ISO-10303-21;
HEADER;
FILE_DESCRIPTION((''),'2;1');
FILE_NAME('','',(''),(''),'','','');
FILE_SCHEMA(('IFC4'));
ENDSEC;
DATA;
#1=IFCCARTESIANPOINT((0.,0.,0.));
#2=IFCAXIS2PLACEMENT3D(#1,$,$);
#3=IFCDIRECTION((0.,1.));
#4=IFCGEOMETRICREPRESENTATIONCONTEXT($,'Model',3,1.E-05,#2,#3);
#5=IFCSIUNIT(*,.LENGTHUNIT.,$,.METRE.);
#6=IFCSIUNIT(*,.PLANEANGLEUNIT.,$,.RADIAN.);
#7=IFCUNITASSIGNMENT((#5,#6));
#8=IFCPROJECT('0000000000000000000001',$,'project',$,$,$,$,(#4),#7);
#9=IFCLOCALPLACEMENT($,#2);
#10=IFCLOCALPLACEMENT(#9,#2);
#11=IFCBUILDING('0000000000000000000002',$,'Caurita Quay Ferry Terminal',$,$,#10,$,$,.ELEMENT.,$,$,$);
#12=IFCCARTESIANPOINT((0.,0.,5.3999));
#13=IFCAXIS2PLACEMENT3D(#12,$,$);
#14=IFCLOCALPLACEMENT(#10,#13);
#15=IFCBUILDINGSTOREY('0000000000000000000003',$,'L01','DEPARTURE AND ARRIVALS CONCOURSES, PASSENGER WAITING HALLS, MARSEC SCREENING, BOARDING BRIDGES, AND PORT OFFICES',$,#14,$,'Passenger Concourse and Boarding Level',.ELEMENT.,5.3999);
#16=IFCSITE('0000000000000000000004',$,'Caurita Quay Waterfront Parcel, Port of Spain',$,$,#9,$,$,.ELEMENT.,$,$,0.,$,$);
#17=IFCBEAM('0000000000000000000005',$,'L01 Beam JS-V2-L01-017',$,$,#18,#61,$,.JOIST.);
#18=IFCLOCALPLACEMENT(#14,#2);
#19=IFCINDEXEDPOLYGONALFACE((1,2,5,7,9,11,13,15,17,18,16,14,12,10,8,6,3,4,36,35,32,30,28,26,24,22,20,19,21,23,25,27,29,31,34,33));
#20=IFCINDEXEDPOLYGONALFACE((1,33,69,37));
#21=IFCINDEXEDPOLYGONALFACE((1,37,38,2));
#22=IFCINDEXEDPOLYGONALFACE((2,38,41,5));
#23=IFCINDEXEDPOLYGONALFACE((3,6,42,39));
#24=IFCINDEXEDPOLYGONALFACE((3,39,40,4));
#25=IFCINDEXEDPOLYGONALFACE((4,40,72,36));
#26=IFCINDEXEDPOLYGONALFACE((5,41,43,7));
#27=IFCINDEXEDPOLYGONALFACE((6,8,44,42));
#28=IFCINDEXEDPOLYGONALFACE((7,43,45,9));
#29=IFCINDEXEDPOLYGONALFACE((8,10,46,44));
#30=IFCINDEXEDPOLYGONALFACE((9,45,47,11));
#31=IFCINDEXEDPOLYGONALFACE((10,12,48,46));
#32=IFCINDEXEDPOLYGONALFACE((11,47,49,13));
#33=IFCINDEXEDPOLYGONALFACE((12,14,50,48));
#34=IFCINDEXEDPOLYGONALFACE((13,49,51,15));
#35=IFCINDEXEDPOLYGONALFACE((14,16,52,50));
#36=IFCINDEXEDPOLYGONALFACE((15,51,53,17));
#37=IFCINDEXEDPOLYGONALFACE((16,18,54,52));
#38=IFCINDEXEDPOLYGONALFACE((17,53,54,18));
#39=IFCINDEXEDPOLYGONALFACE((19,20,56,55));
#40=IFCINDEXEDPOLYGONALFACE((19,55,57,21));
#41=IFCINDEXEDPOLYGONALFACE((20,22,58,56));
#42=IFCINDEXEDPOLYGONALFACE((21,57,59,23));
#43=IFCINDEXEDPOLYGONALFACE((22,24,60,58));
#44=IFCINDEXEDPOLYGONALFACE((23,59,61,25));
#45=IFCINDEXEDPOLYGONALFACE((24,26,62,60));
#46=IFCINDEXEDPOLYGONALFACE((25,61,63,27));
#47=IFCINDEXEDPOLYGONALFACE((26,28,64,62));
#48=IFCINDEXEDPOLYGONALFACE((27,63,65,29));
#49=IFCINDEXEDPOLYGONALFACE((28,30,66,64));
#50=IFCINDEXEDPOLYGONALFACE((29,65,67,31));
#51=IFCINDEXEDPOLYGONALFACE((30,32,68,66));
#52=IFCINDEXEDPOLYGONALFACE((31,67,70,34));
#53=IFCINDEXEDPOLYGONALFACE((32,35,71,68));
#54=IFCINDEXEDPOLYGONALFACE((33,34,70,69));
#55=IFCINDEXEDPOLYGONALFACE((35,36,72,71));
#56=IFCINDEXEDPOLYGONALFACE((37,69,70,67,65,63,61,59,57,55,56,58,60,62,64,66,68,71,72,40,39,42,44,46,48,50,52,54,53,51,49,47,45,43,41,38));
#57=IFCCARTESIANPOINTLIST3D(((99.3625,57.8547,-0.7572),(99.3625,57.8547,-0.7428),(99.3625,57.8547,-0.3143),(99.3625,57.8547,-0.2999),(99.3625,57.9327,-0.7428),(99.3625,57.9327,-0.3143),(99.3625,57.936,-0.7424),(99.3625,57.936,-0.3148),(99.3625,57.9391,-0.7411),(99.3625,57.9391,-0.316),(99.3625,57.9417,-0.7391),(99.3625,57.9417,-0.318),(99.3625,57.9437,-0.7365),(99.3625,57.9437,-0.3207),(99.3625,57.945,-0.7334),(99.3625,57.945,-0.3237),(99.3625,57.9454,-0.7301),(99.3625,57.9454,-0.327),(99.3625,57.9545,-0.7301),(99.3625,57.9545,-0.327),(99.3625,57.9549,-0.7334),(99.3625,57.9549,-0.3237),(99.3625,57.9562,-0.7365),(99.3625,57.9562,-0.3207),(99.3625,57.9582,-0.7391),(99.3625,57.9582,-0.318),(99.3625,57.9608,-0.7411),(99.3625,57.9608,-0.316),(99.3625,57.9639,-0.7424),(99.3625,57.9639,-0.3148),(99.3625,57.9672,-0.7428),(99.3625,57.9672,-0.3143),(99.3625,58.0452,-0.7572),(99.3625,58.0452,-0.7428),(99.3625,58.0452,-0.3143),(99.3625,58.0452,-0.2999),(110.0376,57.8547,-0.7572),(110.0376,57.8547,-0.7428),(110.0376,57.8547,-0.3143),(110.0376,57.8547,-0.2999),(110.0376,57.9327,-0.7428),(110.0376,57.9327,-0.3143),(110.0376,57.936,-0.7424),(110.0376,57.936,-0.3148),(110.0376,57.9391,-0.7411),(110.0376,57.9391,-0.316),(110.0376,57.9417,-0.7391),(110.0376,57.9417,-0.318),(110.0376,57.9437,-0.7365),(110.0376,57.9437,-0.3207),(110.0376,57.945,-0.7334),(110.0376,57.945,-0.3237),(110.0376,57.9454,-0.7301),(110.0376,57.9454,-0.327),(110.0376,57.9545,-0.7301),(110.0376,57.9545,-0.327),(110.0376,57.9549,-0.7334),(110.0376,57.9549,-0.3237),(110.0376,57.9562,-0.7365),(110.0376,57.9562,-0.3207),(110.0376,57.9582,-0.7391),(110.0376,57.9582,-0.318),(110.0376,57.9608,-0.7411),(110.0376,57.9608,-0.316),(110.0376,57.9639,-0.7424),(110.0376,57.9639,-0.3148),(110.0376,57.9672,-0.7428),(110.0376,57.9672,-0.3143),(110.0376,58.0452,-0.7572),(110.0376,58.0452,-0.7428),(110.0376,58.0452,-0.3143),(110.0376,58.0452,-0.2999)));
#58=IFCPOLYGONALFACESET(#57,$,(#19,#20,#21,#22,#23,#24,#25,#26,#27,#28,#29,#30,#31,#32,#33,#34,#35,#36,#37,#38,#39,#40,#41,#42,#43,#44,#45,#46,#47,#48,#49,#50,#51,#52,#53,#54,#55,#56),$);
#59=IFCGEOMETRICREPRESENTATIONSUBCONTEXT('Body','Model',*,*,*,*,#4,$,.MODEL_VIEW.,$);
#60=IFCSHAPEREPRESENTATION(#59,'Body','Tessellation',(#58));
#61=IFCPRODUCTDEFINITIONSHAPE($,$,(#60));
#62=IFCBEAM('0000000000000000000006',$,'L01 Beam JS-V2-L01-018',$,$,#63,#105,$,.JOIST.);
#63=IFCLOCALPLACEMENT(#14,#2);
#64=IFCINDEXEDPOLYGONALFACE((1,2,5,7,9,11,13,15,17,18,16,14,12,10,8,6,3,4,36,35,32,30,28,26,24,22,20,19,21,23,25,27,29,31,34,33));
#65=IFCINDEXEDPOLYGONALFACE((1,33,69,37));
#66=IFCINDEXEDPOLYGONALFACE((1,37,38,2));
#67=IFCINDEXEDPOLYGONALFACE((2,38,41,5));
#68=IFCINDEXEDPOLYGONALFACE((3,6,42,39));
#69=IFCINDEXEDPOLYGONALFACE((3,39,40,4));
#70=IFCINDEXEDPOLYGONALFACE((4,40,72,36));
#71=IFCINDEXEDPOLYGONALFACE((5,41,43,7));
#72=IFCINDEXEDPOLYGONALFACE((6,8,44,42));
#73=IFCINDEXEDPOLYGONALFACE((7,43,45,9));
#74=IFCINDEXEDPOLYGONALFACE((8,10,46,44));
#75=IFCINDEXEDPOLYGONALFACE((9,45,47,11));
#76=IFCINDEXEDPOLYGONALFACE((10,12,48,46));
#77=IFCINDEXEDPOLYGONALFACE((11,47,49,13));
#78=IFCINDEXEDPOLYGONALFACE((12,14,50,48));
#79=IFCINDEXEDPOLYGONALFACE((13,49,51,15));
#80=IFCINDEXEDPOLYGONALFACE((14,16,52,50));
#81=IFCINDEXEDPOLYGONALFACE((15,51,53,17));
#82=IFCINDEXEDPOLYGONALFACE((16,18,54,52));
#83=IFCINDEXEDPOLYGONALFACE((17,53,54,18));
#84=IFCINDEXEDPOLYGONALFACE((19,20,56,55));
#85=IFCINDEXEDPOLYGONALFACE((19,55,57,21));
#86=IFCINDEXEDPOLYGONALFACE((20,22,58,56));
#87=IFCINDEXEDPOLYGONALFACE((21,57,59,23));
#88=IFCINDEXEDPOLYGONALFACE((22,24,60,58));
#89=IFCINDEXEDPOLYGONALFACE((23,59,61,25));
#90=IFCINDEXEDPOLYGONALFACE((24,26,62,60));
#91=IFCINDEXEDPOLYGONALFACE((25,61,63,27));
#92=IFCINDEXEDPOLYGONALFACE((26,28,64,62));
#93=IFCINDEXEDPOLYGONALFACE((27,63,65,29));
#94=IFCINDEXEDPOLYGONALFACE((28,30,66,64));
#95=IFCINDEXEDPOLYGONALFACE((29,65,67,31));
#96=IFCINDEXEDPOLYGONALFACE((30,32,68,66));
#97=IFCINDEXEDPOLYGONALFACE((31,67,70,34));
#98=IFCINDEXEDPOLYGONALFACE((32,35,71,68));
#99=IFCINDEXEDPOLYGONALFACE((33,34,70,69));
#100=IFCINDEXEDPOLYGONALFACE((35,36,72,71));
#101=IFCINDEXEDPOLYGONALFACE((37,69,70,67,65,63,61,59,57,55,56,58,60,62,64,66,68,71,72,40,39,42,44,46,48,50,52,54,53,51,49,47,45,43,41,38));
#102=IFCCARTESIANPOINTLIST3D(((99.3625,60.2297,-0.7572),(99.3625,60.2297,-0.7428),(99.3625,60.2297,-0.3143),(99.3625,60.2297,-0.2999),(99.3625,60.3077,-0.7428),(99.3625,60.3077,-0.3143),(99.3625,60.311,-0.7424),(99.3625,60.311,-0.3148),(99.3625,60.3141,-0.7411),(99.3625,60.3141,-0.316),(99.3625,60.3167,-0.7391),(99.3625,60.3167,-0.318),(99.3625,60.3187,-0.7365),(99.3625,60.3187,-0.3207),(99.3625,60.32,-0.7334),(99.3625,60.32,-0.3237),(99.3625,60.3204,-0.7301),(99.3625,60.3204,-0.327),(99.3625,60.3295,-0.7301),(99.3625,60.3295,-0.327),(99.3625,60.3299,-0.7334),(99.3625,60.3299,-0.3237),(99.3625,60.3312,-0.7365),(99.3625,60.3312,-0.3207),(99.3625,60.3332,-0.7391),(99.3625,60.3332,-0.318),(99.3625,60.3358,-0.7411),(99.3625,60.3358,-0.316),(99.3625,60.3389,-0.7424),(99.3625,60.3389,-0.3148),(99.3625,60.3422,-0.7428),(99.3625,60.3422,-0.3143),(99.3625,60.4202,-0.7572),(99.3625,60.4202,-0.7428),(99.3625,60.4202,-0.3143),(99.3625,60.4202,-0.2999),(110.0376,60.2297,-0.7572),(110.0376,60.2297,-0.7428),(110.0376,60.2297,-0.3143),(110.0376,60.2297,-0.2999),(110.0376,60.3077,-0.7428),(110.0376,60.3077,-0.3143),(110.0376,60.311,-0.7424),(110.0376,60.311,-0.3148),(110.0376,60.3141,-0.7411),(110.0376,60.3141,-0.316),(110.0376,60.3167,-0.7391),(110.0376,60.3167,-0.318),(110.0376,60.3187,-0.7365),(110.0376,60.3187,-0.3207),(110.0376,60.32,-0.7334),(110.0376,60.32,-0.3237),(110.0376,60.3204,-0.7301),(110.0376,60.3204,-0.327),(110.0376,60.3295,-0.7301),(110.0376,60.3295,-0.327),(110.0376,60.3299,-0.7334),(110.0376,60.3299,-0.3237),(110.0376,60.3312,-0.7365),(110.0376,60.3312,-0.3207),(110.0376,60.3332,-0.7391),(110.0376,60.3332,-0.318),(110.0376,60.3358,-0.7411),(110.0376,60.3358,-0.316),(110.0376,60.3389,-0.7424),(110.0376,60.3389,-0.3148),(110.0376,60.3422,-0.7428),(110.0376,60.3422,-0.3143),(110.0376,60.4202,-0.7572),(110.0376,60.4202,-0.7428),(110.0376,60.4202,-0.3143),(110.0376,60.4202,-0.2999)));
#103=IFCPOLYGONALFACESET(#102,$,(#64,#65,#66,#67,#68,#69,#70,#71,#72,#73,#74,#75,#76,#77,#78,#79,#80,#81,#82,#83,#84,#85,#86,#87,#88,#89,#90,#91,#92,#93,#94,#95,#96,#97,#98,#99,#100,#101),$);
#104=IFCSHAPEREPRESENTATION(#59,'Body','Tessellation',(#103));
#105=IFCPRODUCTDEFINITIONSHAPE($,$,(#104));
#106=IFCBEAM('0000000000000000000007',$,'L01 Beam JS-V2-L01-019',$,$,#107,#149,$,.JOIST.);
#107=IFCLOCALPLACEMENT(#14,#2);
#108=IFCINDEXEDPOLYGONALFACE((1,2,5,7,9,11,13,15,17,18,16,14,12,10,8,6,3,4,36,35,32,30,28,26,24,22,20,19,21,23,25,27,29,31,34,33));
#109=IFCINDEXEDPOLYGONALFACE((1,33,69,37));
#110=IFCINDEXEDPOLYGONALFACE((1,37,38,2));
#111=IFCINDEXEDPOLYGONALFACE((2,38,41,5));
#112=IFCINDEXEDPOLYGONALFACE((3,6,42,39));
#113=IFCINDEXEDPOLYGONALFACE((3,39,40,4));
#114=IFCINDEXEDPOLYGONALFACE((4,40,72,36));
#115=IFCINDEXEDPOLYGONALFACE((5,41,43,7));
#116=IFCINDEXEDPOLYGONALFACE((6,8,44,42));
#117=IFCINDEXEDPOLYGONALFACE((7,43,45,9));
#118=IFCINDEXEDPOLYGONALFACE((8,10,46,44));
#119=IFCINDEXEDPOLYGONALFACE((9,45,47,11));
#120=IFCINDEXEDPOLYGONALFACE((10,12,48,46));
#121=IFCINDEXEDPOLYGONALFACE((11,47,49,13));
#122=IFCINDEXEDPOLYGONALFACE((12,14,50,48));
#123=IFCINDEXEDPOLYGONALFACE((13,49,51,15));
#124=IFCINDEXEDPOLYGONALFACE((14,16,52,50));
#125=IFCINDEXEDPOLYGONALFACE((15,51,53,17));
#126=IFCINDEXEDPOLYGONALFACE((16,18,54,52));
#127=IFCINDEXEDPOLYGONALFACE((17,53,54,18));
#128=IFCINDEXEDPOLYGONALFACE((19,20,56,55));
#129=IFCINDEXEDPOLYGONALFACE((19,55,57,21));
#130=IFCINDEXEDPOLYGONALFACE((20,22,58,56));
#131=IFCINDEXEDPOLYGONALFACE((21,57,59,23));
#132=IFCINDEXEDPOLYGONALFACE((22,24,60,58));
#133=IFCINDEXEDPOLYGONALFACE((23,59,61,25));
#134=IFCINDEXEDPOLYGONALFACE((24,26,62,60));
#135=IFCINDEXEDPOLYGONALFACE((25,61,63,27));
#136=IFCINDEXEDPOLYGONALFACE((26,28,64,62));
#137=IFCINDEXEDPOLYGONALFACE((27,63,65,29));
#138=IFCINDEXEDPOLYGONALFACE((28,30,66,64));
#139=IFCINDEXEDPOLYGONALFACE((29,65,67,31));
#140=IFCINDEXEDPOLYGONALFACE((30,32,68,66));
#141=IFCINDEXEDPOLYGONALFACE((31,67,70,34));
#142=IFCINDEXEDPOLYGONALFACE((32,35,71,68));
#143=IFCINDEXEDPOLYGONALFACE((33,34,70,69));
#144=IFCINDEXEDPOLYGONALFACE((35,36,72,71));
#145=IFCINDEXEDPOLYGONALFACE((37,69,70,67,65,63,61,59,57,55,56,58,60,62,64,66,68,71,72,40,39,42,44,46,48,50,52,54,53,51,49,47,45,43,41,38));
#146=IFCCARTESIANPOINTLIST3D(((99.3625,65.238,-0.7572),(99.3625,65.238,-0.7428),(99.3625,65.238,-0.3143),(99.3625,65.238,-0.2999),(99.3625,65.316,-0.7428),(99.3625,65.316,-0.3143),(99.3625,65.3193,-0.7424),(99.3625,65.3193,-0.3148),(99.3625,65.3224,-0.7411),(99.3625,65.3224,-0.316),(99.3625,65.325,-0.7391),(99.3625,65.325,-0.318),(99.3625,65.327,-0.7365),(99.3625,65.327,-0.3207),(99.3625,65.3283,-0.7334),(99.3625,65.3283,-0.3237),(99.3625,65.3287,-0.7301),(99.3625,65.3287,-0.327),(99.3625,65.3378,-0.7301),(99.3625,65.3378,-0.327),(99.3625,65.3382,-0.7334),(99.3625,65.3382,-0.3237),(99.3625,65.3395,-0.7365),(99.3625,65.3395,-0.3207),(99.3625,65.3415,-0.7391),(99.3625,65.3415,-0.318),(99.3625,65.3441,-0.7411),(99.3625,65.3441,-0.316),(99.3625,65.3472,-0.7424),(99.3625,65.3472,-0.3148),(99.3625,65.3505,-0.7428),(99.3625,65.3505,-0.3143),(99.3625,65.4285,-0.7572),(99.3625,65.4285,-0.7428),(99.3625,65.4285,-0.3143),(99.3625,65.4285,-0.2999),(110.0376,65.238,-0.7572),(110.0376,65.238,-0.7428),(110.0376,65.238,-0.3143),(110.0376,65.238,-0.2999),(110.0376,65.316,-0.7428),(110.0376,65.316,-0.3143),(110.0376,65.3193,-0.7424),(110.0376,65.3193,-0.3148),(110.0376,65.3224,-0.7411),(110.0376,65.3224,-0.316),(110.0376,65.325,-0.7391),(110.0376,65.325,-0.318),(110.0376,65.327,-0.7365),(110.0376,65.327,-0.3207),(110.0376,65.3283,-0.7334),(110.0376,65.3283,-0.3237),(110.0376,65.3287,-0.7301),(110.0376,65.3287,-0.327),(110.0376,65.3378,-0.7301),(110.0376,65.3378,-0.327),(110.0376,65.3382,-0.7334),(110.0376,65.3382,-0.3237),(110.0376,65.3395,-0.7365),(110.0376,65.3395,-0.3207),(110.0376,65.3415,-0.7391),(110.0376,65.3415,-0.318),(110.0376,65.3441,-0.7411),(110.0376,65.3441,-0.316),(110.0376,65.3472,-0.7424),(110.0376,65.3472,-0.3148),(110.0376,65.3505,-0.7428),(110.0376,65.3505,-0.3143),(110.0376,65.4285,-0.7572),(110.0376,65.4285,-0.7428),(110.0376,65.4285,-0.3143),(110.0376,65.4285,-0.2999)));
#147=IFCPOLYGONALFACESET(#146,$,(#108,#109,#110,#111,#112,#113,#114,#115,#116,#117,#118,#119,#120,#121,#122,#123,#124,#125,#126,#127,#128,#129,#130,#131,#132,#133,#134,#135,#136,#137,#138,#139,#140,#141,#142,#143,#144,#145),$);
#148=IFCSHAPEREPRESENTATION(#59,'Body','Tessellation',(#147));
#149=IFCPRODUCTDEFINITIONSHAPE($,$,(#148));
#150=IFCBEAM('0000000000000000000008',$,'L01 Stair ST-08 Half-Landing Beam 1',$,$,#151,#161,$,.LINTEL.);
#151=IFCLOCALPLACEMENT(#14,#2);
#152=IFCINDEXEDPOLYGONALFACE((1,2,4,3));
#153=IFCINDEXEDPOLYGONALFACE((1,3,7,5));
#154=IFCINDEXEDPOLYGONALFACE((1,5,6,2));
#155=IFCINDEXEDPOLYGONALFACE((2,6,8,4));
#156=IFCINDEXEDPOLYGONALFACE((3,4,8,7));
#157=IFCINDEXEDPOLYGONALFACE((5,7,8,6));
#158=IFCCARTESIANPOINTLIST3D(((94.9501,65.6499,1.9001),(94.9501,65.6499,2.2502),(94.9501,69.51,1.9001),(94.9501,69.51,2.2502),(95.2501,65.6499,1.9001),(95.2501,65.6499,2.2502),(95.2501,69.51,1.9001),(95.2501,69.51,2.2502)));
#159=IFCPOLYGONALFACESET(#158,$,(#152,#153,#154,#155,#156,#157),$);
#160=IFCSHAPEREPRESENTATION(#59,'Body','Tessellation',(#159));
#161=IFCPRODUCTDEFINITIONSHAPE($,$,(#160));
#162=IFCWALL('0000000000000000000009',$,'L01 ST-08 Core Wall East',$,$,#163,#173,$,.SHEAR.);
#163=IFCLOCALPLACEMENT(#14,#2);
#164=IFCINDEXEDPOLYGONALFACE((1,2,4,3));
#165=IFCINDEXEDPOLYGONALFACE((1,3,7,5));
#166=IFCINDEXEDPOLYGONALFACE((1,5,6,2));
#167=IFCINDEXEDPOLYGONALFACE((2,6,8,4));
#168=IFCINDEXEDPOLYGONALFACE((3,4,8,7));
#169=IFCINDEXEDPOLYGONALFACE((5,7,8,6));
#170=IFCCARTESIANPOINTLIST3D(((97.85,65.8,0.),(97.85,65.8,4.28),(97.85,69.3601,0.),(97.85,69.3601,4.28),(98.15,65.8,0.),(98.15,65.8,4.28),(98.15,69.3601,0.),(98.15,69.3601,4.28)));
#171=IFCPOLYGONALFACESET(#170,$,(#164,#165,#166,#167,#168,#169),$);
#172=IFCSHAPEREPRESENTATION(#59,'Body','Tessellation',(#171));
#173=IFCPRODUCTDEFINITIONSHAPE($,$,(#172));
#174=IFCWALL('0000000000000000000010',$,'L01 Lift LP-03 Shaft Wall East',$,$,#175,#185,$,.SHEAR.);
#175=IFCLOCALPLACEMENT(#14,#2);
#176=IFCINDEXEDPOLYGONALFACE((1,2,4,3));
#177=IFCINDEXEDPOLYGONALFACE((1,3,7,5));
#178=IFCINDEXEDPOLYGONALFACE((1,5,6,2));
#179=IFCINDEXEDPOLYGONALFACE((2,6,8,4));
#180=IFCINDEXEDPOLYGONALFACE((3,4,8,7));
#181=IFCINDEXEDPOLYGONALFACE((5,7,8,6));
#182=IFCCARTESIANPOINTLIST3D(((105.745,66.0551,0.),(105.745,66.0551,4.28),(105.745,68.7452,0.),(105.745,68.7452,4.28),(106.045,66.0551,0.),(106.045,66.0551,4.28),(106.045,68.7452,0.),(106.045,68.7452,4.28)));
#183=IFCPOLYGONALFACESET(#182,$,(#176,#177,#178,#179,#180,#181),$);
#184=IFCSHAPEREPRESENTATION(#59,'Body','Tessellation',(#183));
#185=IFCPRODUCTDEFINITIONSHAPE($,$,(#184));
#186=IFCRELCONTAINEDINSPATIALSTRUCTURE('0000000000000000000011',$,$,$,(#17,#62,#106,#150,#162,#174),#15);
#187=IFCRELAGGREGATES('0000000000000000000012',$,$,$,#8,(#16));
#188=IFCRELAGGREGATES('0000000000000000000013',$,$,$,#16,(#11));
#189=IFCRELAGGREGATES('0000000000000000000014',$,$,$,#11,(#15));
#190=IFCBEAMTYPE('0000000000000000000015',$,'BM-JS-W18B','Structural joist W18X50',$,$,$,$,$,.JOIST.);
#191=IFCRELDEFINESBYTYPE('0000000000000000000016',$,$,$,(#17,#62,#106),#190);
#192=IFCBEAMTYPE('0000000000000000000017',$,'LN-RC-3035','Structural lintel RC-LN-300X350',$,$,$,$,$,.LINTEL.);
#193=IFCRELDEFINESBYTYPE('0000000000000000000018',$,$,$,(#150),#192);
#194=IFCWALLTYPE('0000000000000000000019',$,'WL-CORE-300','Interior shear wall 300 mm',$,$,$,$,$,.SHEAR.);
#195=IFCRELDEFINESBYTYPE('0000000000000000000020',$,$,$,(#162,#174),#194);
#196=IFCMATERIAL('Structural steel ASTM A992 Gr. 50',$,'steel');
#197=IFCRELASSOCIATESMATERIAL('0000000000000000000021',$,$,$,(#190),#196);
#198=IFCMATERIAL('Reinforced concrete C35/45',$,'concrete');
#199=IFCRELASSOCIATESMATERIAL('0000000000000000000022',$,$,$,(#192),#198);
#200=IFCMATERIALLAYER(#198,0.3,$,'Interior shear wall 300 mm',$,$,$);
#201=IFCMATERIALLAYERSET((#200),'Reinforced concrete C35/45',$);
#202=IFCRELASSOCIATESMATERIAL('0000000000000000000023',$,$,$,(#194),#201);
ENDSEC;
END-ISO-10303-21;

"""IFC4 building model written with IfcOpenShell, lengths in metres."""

from ifc_helpers import new_model, si_unit, direction, frame, frame_2d, origin, origin_2d, place, context, subcontext, project, spatial, rectangle, i_section, extrude, material, layer, layer_set, material_profile, profile_set, type_object, element, save


model = new_model("IFC4")

# Units and contexts
model_context = context("Model", 3, precision=1e-05, world=origin(), true_north=direction((0.0, 1.0)))
body_context = subcontext(model_context, "Body", "Model", "MODEL_VIEW")
ifc_project = project(units=[si_unit("LENGTHUNIT", "METRE"), si_unit("PLANEANGLEUNIT", "RADIAN")], contexts=[model_context])

# Site, building, storey
site_placement = place(None, origin())
site = spatial("IfcSite", under=ifc_project, at=site_placement, Name="Caurita Quay Waterfront Parcel, Port of Spain", CompositionType="ELEMENT", RefElevation=0.0)
building_placement = place(site_placement, origin())
building = spatial("IfcBuilding", under=site, at=building_placement, Name="Caurita Quay Ferry Terminal", CompositionType="ELEMENT")
storey_placement = place(building_placement, frame((0.0, 0.0, 5.3999)))
storey = spatial("IfcBuildingStorey", under=building, at=storey_placement, Name="L01", Description="DEPARTURE AND ARRIVALS CONCOURSES, PASSENGER WAITING HALLS, MARSEC SCREENING, BOARDING BRIDGES, AND PORT OFFICES", LongName="Passenger Concourse and Boarding Level", CompositionType="ELEMENT", Elevation=5.3999)

# Beams
ifc_material_1 = material(Name="Structural steel ASTM A992 Gr. 50", Category="steel")
ifc_material_profile_1 = material_profile(ifc_material_1, i_section(OverallWidth=0.1904, OverallDepth=0.4573, WebThickness=0.009, FlangeThickness=0.0144, FilletRadius=0.0127, at=origin_2d()), Name="W18X50")
ifc_profile_set_1 = profile_set([ifc_material_profile_1], Name="Structural steel ASTM A992 Gr. 50")
beam_type_1 = type_object("IfcBeamType", Name="BM-JS-W18B", Description="Structural joist W18X50", PredefinedType="JOIST", material=ifc_profile_set_1)
for number, where, z_axis, x_axis, name in (
    (1, (99.3625, 57.95, -0.5286), (1.0, 0.0, 0.0), (0.0, 1.0, 0.0), "L01 Beam JS-V2-L01-017"),
    (2, (99.3625, 60.325, -0.5286), (1.0, 0.0, 0.0), (0.0, 1.0, 0.0), "L01 Beam JS-V2-L01-018"),
    (3, (99.3625, 65.3333, -0.5286), (1.0, 0.0, 0.0), (0.0, 1.0, 0.0), "L01 Beam JS-V2-L01-019"),
):
    element("IfcBeam", number, at=place(storey_placement, frame(where, z_axis=z_axis, x_axis=x_axis)), inside=storey, type_object=beam_type_1, Name=name, PredefinedType="JOIST", context=body_context, shape_type="SweptSolid", body=[
        extrude(i_section(OverallWidth=0.1904, OverallDepth=0.4573, WebThickness=0.009, FlangeThickness=0.0144, FilletRadius=0.0127, at=origin_2d()), origin(), (0.0, 0.0, 1.0), 10.675),
    ])
ifc_material_2 = material(Name="Reinforced concrete C35/45", Category="concrete")
ifc_material_profile_2 = material_profile(ifc_material_2, rectangle(XDim=0.3, YDim=0.3501, at=origin_2d()), Name="RC-LN-300X350")
ifc_profile_set_2 = profile_set([ifc_material_profile_2], Name="Reinforced concrete C35/45")
beam_type_2 = type_object("IfcBeamType", Name="LN-RC-3035", Description="Structural lintel RC-LN-300X350", PredefinedType="LINTEL", material=ifc_profile_set_2)
beam_1_placement = place(storey_placement, frame((95.1001, 65.6499, 2.0752), z_axis=(0.0, 1.0, 0.0), x_axis=(-1.0, 0.0, 0.0)))
element("IfcBeam", 4, at=beam_1_placement, inside=storey, type_object=beam_type_2, Name="L01 Stair ST-08 Half-Landing Beam 1", PredefinedType="LINTEL", context=body_context, shape_type="SweptSolid", body=[
    extrude(rectangle(XDim=0.3, YDim=0.3501, at=origin_2d()), origin(), (0.0, 0.0, 1.0), 3.8601),
])

# Wall
ifc_layer_1 = layer(ifc_material_2, 0.3, Name="Interior shear wall 300 mm")
ifc_layer_set_1 = layer_set([ifc_layer_1], Name="Reinforced concrete C35/45")
wall_type_1 = type_object("IfcWallType", Name="WL-CORE-300", Description="Interior shear wall 300 mm", PredefinedType="SHEAR", material=ifc_layer_set_1)
wall_1_placement = place(storey_placement, frame((98.0, 65.8, 0.0), z_axis=(0.0, 0.0, 1.0), x_axis=(0.0, 1.0, 0.0)))
element("IfcWall", 5, at=wall_1_placement, inside=storey, type_object=wall_type_1, Name="L01 ST-08 Core Wall East", PredefinedType="SHEAR", context=body_context, shape_type="SweptSolid", body=[
    extrude(rectangle(XDim=3.5601, YDim=0.3, at=frame_2d((1.78, 0.0))), origin(), (0.0, 0.0, 1.0), 4.28),
])

# Wall
wall_2_placement = place(storey_placement, frame((105.895, 66.0549, 0.0), z_axis=(0.0, 0.0, 1.0), x_axis=(0.0, 1.0, 0.0)))
element("IfcWall", 6, at=wall_2_placement, inside=storey, type_object=wall_type_1, Name="L01 Lift LP-03 Shaft Wall East", PredefinedType="SHEAR", context=body_context, shape_type="SweptSolid", body=[
    extrude(rectangle(XDim=2.6902, YDim=0.3, at=frame_2d((1.3452, 0.0))), origin(), (0.0, 0.0, 1.0), 4.28),
])

save(model, "model.ifc")
